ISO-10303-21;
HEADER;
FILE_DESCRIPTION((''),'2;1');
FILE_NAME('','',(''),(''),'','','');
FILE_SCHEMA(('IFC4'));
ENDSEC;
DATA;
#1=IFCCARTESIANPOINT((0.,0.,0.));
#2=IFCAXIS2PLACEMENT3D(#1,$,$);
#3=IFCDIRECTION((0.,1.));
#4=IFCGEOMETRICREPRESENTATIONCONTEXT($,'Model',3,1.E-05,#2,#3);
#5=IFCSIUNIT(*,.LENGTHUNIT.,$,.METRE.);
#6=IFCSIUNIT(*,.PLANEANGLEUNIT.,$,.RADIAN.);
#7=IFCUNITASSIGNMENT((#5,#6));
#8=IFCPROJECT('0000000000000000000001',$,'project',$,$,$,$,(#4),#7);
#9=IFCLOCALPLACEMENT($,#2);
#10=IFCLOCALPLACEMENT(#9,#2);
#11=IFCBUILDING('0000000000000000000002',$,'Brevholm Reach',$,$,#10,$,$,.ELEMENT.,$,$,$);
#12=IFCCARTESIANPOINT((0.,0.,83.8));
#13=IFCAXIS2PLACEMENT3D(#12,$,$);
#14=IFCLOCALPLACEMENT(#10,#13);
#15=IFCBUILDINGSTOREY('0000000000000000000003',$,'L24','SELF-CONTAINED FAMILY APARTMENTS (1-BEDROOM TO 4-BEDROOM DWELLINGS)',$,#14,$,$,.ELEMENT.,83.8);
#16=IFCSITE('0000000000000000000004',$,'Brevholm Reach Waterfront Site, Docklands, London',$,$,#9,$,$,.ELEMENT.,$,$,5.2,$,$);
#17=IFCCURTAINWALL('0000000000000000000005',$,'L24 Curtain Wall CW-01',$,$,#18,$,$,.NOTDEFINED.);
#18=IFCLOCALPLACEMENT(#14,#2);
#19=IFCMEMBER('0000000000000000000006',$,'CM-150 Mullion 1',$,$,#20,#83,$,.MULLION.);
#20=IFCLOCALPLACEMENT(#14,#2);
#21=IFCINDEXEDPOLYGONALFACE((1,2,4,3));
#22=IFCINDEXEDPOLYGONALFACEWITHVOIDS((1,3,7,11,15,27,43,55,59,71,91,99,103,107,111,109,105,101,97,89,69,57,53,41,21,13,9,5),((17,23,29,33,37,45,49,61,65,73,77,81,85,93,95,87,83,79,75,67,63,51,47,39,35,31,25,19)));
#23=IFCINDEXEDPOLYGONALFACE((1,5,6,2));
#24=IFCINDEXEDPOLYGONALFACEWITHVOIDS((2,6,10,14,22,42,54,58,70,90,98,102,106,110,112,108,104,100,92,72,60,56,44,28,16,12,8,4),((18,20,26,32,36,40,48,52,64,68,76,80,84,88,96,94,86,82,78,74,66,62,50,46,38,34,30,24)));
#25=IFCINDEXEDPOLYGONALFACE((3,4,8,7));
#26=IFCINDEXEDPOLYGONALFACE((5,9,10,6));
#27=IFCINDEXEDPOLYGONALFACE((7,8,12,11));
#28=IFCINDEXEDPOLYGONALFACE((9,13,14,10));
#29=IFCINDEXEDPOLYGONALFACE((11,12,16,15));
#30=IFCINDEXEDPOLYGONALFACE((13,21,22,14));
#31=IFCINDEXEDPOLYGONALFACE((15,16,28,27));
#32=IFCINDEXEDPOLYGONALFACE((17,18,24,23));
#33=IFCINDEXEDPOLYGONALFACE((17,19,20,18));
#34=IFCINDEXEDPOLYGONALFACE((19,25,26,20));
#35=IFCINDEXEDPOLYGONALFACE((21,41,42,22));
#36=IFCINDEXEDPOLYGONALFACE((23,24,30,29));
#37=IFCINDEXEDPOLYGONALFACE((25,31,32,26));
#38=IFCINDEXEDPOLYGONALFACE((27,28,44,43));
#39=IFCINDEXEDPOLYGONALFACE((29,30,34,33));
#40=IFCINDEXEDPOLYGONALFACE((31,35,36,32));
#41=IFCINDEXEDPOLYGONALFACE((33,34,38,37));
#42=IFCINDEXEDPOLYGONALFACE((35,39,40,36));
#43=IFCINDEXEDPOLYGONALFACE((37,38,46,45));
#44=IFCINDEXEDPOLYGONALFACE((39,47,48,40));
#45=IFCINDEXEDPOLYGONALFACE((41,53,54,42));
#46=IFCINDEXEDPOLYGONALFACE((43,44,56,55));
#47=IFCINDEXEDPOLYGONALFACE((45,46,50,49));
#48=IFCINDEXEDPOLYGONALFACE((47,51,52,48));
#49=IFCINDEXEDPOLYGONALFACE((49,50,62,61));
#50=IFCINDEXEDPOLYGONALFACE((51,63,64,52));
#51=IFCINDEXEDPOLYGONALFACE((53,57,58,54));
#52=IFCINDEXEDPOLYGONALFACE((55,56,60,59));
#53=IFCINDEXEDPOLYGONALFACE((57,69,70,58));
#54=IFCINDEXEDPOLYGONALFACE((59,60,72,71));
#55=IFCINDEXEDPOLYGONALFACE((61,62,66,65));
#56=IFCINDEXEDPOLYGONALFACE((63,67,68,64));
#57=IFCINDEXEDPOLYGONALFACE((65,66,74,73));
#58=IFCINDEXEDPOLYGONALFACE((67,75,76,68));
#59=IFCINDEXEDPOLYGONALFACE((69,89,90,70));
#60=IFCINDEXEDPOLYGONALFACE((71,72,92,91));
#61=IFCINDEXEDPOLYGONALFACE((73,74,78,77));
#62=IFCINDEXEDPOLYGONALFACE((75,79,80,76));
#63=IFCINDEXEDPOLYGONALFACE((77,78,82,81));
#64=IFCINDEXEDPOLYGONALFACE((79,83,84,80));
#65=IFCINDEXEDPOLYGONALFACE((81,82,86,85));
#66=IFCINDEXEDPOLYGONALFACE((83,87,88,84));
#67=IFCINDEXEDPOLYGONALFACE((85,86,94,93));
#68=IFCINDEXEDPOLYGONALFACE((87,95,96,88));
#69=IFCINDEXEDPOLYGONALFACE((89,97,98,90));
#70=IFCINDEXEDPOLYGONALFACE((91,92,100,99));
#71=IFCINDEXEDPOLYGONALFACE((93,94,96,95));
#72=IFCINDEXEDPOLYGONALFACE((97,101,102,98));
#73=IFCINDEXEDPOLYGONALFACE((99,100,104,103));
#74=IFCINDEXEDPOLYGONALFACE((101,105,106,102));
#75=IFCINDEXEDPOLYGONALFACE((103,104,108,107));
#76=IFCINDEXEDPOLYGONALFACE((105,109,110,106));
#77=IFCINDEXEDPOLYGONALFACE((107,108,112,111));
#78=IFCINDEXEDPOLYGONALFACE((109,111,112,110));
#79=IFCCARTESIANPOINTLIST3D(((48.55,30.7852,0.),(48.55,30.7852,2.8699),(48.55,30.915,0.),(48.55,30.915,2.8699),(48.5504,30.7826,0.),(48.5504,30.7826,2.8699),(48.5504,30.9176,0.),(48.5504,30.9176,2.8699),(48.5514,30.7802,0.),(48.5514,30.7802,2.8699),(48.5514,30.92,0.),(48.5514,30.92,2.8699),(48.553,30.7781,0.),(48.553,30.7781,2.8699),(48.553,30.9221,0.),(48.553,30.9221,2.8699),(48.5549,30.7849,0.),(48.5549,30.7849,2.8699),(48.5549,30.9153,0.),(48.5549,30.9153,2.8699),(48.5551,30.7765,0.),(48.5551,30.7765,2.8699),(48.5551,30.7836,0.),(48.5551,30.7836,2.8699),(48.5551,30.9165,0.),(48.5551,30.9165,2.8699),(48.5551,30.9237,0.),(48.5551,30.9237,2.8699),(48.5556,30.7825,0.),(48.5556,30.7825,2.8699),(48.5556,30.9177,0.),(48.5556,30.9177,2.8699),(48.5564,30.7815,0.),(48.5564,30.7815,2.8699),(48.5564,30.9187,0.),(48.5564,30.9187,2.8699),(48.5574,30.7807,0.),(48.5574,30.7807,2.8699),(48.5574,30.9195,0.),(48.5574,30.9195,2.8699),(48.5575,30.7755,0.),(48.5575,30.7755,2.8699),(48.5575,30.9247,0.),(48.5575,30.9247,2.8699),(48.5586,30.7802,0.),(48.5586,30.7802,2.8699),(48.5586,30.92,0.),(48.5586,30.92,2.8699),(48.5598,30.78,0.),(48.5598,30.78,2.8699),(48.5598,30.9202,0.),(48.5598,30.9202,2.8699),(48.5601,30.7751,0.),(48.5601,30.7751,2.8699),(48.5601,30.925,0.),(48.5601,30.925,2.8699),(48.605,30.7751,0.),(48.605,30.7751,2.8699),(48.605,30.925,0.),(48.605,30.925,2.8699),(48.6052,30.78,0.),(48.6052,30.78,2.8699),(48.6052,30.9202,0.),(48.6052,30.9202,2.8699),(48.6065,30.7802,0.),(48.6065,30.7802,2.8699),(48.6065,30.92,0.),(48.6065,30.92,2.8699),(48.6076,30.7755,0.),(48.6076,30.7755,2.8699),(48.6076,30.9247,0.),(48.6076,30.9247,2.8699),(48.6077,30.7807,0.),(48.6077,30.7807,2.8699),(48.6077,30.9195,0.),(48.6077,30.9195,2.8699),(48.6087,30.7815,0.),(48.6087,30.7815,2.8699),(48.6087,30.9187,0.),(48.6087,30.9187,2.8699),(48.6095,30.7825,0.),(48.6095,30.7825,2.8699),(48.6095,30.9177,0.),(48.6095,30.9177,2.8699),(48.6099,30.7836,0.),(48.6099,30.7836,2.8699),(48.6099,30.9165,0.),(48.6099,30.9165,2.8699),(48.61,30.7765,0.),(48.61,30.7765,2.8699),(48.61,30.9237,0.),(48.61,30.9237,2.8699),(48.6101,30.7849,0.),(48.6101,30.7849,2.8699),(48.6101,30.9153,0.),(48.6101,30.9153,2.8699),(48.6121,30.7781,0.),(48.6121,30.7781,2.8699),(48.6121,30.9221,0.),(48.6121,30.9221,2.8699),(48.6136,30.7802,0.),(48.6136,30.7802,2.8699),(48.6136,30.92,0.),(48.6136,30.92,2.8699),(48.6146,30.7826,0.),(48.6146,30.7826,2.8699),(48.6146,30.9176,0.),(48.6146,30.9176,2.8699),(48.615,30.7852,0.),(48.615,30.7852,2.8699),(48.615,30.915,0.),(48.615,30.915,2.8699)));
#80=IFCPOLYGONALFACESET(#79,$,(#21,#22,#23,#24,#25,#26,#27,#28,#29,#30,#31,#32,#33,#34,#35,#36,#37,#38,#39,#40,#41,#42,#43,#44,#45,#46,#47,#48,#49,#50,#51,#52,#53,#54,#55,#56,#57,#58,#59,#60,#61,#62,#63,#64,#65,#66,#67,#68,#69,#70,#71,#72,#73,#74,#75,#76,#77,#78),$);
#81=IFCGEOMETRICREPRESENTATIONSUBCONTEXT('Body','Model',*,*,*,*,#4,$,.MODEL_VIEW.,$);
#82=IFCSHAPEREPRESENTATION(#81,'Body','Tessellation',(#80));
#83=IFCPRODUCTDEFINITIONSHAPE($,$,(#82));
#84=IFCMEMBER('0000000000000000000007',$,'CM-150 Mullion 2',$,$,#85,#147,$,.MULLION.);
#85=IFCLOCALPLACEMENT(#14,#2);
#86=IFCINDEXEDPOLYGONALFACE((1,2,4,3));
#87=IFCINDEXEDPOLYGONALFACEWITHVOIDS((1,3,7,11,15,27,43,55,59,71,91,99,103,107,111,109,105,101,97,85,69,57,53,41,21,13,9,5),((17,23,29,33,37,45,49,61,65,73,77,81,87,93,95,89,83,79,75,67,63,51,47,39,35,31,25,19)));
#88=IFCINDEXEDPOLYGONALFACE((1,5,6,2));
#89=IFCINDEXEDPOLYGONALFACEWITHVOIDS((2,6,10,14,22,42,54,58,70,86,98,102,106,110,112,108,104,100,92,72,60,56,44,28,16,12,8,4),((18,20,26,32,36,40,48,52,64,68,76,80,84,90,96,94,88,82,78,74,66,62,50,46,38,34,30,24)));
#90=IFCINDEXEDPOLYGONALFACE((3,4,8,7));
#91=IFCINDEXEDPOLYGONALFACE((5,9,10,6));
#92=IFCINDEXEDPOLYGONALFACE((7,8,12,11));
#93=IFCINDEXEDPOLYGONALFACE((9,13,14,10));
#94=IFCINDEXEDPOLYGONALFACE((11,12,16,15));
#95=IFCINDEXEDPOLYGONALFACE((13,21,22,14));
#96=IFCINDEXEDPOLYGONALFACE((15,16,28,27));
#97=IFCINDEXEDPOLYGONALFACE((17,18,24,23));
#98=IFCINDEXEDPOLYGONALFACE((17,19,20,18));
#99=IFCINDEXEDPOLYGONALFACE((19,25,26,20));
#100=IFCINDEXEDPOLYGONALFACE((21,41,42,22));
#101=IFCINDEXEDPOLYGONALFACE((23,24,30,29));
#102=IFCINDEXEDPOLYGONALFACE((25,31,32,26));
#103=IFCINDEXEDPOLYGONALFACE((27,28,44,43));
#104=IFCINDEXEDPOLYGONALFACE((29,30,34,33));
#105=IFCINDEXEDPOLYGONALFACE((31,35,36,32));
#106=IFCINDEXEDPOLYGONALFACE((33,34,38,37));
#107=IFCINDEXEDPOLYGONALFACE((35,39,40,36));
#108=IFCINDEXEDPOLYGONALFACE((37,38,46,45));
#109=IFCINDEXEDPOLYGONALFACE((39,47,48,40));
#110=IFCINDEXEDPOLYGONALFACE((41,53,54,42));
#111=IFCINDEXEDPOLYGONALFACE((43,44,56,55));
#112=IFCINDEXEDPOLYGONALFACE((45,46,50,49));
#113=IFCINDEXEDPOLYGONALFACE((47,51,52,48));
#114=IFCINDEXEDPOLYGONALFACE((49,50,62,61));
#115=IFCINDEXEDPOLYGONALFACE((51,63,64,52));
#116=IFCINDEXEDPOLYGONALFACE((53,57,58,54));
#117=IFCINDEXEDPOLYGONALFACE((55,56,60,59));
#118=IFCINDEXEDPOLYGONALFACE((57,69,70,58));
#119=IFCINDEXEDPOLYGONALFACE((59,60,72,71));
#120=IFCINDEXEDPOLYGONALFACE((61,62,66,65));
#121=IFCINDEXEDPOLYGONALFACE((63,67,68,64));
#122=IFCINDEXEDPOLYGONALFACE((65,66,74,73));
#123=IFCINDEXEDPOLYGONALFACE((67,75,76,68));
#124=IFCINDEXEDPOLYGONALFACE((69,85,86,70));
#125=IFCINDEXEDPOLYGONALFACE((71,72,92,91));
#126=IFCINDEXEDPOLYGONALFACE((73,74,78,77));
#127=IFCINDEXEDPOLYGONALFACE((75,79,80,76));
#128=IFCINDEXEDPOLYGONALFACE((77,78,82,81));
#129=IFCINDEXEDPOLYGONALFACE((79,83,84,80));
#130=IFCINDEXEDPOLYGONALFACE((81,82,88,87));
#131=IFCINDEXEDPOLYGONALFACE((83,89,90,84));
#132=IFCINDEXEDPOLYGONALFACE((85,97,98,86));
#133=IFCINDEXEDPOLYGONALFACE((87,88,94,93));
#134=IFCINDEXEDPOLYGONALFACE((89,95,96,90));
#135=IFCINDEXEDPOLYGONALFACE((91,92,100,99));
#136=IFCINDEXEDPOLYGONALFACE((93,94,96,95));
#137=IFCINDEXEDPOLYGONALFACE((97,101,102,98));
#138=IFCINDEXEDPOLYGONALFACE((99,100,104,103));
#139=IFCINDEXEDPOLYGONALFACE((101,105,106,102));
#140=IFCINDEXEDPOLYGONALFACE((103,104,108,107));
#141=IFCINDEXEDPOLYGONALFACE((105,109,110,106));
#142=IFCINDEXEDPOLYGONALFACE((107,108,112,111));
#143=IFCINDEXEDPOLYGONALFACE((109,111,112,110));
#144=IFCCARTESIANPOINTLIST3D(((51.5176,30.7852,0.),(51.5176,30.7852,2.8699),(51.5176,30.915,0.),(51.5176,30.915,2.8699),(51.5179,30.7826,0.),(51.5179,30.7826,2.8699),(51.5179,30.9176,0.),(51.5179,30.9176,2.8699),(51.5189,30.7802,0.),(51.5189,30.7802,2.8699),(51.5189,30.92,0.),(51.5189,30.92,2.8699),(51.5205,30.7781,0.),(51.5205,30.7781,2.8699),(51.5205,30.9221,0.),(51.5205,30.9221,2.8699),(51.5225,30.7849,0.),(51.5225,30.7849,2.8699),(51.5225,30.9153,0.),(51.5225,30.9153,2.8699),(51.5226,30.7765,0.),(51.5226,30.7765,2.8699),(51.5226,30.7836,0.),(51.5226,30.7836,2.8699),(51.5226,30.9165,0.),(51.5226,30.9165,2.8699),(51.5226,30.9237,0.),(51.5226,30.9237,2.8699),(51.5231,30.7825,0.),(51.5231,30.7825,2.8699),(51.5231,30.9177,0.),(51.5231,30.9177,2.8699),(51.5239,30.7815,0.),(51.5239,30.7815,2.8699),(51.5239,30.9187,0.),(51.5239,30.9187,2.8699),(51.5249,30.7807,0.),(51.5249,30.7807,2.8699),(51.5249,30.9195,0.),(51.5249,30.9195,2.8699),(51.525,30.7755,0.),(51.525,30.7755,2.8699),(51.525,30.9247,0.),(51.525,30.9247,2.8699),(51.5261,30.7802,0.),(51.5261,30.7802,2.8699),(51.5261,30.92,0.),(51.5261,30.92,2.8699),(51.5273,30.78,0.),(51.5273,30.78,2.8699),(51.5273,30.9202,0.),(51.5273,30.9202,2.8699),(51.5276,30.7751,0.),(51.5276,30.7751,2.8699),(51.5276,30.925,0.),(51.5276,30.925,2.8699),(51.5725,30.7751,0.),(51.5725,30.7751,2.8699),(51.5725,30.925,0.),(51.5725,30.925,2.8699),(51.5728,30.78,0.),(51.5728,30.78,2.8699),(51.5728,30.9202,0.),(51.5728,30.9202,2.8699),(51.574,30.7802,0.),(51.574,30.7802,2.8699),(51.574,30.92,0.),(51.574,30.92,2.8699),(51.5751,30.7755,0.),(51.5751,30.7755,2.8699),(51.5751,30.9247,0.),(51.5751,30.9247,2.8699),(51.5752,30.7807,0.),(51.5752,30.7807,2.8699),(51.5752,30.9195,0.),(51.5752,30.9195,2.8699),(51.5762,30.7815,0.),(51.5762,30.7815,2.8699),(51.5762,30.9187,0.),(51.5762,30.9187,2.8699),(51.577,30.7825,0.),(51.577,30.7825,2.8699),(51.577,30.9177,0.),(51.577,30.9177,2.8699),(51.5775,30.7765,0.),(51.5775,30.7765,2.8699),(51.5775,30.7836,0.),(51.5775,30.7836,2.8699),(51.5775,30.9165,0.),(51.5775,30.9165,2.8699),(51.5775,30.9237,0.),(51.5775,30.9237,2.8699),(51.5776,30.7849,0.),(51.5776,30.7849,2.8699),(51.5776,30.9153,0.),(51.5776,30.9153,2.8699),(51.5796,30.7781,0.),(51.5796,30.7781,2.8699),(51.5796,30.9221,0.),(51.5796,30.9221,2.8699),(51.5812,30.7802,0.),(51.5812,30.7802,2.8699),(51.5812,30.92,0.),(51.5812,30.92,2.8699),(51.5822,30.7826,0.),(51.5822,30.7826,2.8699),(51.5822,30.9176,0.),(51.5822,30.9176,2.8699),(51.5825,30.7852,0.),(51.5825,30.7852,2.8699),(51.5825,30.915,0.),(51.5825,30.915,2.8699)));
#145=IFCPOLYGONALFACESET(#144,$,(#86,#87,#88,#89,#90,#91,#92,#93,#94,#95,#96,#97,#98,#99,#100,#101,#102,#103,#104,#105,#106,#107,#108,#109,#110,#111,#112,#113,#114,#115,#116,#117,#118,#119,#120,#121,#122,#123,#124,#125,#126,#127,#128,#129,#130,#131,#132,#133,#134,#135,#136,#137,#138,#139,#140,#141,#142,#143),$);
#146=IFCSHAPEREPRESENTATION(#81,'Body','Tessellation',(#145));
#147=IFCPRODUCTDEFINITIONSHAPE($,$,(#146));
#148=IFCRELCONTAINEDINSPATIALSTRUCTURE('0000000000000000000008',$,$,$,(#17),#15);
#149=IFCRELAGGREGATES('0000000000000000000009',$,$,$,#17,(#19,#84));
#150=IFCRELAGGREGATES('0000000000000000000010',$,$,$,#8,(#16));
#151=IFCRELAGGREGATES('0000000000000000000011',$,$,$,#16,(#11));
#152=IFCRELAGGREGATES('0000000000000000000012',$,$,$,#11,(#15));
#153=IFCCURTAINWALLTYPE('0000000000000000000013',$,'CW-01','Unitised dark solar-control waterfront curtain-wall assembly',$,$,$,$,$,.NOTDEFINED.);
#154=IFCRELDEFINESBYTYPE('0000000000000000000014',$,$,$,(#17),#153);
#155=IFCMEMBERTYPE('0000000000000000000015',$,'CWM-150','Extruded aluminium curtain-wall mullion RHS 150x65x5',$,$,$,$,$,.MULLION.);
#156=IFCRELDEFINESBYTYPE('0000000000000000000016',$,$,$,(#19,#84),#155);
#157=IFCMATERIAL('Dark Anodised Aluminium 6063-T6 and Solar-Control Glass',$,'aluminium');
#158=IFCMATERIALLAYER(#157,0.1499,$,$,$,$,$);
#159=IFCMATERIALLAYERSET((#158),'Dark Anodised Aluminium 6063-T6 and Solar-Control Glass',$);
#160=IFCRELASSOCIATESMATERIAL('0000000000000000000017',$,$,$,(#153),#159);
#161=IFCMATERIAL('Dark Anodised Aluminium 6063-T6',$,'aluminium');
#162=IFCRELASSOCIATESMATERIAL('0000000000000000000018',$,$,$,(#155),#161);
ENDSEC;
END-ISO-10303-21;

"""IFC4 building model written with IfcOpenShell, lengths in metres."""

from ifc_helpers import new_model, si_unit, direction, frame, origin, origin_2d, place, context, subcontext, project, spatial, hollow_rectangle, extrude, material, layer, layer_set, material_profile, profile_set, type_object, element, aggregate, save


model = new_model("IFC4")

# Units and contexts
model_context = context("Model", 3, precision=1e-05, world=origin(), true_north=direction((0.0, 1.0)))
body_context = subcontext(model_context, "Body", "Model", "MODEL_VIEW")
ifc_project = project(units=[si_unit("LENGTHUNIT", "METRE"), si_unit("PLANEANGLEUNIT", "RADIAN")], contexts=[model_context])

# Site, building, storey
site_placement = place(None, origin())
site = spatial("IfcSite", under=ifc_project, at=site_placement, Name="Brevholm Reach Waterfront Site, Docklands, London", CompositionType="ELEMENT", RefElevation=5.2)
building_placement = place(site_placement, origin())
building = spatial("IfcBuilding", under=site, at=building_placement, Name="Brevholm Reach", CompositionType="ELEMENT")
storey_placement = place(building_placement, frame((0.0, 0.0, 83.8)))
storey = spatial("IfcBuildingStorey", under=building, at=storey_placement, Name="L24", Description="SELF-CONTAINED FAMILY APARTMENTS (1-BEDROOM TO 4-BEDROOM DWELLINGS)", CompositionType="ELEMENT", Elevation=83.8)

# Curtain wall, members
ifc_material_1 = material(Name="Dark Anodised Aluminium 6063-T6 and Solar-Control Glass", Category="aluminium")
ifc_layer_1 = layer(ifc_material_1, 0.1499)
ifc_layer_set_1 = layer_set([ifc_layer_1], Name="Dark Anodised Aluminium 6063-T6 and Solar-Control Glass")
curtain_wall_type = type_object("IfcCurtainWallType", Name="CW-01", Description="Unitised dark solar-control waterfront curtain-wall assembly", PredefinedType="NOTDEFINED", material=ifc_layer_set_1)
curtain_wall_placement = place(storey_placement, origin())
curtain_wall = element("IfcCurtainWall", 1, at=curtain_wall_placement, inside=storey, type_object=curtain_wall_type, Name="L24 Curtain Wall CW-01", PredefinedType="NOTDEFINED")
ifc_material_2 = material(Name="Dark Anodised Aluminium 6063-T6", Category="aluminium")
ifc_material_profile_1 = material_profile(ifc_material_2, hollow_rectangle(XDim=0.0649, YDim=0.1499, WallThickness=0.0049, InnerFilletRadius=0.0049, OuterFilletRadius=0.01, at=origin_2d()), Name="RHS 150x65x5")
ifc_profile_set_1 = profile_set([ifc_material_profile_1], Name="Dark Anodised Aluminium 6063-T6")
member_type_1 = type_object("IfcMemberType", Name="CWM-150", Description="Extruded aluminium curtain-wall mullion RHS 150x65x5", PredefinedType="MULLION", material=ifc_profile_set_1)
member_1_placement = place(storey_placement, frame((48.5825, 30.8501, 0.0), z_axis=(0.0, 0.0, 1.0), x_axis=(1.0, 0.0, 0.0)))
member_1 = element("IfcMember", 2, at=member_1_placement, type_object=member_type_1, Name="CM-150 Mullion 1", PredefinedType="MULLION", context=body_context, shape_type="SweptSolid", body=[
    extrude(hollow_rectangle(XDim=0.0649, YDim=0.1499, WallThickness=0.0049, InnerFilletRadius=0.0049, OuterFilletRadius=0.01, at=origin_2d()), origin(), (0.0, 0.0, 1.0), 2.8699),
])
member_2_placement = place(storey_placement, frame((51.55, 30.8501, 0.0), z_axis=(0.0, 0.0, 1.0), x_axis=(1.0, 0.0, 0.0)))
member_2 = element("IfcMember", 3, at=member_2_placement, type_object=member_type_1, Name="CM-150 Mullion 2", PredefinedType="MULLION", context=body_context, shape_type="SweptSolid", body=[
    extrude(hollow_rectangle(XDim=0.0649, YDim=0.1499, WallThickness=0.0049, InnerFilletRadius=0.0049, OuterFilletRadius=0.01, at=origin_2d()), origin(), (0.0, 0.0, 1.0), 2.8699),
])
aggregate(curtain_wall, [member_1, member_2])

save(model, "model.ifc")
